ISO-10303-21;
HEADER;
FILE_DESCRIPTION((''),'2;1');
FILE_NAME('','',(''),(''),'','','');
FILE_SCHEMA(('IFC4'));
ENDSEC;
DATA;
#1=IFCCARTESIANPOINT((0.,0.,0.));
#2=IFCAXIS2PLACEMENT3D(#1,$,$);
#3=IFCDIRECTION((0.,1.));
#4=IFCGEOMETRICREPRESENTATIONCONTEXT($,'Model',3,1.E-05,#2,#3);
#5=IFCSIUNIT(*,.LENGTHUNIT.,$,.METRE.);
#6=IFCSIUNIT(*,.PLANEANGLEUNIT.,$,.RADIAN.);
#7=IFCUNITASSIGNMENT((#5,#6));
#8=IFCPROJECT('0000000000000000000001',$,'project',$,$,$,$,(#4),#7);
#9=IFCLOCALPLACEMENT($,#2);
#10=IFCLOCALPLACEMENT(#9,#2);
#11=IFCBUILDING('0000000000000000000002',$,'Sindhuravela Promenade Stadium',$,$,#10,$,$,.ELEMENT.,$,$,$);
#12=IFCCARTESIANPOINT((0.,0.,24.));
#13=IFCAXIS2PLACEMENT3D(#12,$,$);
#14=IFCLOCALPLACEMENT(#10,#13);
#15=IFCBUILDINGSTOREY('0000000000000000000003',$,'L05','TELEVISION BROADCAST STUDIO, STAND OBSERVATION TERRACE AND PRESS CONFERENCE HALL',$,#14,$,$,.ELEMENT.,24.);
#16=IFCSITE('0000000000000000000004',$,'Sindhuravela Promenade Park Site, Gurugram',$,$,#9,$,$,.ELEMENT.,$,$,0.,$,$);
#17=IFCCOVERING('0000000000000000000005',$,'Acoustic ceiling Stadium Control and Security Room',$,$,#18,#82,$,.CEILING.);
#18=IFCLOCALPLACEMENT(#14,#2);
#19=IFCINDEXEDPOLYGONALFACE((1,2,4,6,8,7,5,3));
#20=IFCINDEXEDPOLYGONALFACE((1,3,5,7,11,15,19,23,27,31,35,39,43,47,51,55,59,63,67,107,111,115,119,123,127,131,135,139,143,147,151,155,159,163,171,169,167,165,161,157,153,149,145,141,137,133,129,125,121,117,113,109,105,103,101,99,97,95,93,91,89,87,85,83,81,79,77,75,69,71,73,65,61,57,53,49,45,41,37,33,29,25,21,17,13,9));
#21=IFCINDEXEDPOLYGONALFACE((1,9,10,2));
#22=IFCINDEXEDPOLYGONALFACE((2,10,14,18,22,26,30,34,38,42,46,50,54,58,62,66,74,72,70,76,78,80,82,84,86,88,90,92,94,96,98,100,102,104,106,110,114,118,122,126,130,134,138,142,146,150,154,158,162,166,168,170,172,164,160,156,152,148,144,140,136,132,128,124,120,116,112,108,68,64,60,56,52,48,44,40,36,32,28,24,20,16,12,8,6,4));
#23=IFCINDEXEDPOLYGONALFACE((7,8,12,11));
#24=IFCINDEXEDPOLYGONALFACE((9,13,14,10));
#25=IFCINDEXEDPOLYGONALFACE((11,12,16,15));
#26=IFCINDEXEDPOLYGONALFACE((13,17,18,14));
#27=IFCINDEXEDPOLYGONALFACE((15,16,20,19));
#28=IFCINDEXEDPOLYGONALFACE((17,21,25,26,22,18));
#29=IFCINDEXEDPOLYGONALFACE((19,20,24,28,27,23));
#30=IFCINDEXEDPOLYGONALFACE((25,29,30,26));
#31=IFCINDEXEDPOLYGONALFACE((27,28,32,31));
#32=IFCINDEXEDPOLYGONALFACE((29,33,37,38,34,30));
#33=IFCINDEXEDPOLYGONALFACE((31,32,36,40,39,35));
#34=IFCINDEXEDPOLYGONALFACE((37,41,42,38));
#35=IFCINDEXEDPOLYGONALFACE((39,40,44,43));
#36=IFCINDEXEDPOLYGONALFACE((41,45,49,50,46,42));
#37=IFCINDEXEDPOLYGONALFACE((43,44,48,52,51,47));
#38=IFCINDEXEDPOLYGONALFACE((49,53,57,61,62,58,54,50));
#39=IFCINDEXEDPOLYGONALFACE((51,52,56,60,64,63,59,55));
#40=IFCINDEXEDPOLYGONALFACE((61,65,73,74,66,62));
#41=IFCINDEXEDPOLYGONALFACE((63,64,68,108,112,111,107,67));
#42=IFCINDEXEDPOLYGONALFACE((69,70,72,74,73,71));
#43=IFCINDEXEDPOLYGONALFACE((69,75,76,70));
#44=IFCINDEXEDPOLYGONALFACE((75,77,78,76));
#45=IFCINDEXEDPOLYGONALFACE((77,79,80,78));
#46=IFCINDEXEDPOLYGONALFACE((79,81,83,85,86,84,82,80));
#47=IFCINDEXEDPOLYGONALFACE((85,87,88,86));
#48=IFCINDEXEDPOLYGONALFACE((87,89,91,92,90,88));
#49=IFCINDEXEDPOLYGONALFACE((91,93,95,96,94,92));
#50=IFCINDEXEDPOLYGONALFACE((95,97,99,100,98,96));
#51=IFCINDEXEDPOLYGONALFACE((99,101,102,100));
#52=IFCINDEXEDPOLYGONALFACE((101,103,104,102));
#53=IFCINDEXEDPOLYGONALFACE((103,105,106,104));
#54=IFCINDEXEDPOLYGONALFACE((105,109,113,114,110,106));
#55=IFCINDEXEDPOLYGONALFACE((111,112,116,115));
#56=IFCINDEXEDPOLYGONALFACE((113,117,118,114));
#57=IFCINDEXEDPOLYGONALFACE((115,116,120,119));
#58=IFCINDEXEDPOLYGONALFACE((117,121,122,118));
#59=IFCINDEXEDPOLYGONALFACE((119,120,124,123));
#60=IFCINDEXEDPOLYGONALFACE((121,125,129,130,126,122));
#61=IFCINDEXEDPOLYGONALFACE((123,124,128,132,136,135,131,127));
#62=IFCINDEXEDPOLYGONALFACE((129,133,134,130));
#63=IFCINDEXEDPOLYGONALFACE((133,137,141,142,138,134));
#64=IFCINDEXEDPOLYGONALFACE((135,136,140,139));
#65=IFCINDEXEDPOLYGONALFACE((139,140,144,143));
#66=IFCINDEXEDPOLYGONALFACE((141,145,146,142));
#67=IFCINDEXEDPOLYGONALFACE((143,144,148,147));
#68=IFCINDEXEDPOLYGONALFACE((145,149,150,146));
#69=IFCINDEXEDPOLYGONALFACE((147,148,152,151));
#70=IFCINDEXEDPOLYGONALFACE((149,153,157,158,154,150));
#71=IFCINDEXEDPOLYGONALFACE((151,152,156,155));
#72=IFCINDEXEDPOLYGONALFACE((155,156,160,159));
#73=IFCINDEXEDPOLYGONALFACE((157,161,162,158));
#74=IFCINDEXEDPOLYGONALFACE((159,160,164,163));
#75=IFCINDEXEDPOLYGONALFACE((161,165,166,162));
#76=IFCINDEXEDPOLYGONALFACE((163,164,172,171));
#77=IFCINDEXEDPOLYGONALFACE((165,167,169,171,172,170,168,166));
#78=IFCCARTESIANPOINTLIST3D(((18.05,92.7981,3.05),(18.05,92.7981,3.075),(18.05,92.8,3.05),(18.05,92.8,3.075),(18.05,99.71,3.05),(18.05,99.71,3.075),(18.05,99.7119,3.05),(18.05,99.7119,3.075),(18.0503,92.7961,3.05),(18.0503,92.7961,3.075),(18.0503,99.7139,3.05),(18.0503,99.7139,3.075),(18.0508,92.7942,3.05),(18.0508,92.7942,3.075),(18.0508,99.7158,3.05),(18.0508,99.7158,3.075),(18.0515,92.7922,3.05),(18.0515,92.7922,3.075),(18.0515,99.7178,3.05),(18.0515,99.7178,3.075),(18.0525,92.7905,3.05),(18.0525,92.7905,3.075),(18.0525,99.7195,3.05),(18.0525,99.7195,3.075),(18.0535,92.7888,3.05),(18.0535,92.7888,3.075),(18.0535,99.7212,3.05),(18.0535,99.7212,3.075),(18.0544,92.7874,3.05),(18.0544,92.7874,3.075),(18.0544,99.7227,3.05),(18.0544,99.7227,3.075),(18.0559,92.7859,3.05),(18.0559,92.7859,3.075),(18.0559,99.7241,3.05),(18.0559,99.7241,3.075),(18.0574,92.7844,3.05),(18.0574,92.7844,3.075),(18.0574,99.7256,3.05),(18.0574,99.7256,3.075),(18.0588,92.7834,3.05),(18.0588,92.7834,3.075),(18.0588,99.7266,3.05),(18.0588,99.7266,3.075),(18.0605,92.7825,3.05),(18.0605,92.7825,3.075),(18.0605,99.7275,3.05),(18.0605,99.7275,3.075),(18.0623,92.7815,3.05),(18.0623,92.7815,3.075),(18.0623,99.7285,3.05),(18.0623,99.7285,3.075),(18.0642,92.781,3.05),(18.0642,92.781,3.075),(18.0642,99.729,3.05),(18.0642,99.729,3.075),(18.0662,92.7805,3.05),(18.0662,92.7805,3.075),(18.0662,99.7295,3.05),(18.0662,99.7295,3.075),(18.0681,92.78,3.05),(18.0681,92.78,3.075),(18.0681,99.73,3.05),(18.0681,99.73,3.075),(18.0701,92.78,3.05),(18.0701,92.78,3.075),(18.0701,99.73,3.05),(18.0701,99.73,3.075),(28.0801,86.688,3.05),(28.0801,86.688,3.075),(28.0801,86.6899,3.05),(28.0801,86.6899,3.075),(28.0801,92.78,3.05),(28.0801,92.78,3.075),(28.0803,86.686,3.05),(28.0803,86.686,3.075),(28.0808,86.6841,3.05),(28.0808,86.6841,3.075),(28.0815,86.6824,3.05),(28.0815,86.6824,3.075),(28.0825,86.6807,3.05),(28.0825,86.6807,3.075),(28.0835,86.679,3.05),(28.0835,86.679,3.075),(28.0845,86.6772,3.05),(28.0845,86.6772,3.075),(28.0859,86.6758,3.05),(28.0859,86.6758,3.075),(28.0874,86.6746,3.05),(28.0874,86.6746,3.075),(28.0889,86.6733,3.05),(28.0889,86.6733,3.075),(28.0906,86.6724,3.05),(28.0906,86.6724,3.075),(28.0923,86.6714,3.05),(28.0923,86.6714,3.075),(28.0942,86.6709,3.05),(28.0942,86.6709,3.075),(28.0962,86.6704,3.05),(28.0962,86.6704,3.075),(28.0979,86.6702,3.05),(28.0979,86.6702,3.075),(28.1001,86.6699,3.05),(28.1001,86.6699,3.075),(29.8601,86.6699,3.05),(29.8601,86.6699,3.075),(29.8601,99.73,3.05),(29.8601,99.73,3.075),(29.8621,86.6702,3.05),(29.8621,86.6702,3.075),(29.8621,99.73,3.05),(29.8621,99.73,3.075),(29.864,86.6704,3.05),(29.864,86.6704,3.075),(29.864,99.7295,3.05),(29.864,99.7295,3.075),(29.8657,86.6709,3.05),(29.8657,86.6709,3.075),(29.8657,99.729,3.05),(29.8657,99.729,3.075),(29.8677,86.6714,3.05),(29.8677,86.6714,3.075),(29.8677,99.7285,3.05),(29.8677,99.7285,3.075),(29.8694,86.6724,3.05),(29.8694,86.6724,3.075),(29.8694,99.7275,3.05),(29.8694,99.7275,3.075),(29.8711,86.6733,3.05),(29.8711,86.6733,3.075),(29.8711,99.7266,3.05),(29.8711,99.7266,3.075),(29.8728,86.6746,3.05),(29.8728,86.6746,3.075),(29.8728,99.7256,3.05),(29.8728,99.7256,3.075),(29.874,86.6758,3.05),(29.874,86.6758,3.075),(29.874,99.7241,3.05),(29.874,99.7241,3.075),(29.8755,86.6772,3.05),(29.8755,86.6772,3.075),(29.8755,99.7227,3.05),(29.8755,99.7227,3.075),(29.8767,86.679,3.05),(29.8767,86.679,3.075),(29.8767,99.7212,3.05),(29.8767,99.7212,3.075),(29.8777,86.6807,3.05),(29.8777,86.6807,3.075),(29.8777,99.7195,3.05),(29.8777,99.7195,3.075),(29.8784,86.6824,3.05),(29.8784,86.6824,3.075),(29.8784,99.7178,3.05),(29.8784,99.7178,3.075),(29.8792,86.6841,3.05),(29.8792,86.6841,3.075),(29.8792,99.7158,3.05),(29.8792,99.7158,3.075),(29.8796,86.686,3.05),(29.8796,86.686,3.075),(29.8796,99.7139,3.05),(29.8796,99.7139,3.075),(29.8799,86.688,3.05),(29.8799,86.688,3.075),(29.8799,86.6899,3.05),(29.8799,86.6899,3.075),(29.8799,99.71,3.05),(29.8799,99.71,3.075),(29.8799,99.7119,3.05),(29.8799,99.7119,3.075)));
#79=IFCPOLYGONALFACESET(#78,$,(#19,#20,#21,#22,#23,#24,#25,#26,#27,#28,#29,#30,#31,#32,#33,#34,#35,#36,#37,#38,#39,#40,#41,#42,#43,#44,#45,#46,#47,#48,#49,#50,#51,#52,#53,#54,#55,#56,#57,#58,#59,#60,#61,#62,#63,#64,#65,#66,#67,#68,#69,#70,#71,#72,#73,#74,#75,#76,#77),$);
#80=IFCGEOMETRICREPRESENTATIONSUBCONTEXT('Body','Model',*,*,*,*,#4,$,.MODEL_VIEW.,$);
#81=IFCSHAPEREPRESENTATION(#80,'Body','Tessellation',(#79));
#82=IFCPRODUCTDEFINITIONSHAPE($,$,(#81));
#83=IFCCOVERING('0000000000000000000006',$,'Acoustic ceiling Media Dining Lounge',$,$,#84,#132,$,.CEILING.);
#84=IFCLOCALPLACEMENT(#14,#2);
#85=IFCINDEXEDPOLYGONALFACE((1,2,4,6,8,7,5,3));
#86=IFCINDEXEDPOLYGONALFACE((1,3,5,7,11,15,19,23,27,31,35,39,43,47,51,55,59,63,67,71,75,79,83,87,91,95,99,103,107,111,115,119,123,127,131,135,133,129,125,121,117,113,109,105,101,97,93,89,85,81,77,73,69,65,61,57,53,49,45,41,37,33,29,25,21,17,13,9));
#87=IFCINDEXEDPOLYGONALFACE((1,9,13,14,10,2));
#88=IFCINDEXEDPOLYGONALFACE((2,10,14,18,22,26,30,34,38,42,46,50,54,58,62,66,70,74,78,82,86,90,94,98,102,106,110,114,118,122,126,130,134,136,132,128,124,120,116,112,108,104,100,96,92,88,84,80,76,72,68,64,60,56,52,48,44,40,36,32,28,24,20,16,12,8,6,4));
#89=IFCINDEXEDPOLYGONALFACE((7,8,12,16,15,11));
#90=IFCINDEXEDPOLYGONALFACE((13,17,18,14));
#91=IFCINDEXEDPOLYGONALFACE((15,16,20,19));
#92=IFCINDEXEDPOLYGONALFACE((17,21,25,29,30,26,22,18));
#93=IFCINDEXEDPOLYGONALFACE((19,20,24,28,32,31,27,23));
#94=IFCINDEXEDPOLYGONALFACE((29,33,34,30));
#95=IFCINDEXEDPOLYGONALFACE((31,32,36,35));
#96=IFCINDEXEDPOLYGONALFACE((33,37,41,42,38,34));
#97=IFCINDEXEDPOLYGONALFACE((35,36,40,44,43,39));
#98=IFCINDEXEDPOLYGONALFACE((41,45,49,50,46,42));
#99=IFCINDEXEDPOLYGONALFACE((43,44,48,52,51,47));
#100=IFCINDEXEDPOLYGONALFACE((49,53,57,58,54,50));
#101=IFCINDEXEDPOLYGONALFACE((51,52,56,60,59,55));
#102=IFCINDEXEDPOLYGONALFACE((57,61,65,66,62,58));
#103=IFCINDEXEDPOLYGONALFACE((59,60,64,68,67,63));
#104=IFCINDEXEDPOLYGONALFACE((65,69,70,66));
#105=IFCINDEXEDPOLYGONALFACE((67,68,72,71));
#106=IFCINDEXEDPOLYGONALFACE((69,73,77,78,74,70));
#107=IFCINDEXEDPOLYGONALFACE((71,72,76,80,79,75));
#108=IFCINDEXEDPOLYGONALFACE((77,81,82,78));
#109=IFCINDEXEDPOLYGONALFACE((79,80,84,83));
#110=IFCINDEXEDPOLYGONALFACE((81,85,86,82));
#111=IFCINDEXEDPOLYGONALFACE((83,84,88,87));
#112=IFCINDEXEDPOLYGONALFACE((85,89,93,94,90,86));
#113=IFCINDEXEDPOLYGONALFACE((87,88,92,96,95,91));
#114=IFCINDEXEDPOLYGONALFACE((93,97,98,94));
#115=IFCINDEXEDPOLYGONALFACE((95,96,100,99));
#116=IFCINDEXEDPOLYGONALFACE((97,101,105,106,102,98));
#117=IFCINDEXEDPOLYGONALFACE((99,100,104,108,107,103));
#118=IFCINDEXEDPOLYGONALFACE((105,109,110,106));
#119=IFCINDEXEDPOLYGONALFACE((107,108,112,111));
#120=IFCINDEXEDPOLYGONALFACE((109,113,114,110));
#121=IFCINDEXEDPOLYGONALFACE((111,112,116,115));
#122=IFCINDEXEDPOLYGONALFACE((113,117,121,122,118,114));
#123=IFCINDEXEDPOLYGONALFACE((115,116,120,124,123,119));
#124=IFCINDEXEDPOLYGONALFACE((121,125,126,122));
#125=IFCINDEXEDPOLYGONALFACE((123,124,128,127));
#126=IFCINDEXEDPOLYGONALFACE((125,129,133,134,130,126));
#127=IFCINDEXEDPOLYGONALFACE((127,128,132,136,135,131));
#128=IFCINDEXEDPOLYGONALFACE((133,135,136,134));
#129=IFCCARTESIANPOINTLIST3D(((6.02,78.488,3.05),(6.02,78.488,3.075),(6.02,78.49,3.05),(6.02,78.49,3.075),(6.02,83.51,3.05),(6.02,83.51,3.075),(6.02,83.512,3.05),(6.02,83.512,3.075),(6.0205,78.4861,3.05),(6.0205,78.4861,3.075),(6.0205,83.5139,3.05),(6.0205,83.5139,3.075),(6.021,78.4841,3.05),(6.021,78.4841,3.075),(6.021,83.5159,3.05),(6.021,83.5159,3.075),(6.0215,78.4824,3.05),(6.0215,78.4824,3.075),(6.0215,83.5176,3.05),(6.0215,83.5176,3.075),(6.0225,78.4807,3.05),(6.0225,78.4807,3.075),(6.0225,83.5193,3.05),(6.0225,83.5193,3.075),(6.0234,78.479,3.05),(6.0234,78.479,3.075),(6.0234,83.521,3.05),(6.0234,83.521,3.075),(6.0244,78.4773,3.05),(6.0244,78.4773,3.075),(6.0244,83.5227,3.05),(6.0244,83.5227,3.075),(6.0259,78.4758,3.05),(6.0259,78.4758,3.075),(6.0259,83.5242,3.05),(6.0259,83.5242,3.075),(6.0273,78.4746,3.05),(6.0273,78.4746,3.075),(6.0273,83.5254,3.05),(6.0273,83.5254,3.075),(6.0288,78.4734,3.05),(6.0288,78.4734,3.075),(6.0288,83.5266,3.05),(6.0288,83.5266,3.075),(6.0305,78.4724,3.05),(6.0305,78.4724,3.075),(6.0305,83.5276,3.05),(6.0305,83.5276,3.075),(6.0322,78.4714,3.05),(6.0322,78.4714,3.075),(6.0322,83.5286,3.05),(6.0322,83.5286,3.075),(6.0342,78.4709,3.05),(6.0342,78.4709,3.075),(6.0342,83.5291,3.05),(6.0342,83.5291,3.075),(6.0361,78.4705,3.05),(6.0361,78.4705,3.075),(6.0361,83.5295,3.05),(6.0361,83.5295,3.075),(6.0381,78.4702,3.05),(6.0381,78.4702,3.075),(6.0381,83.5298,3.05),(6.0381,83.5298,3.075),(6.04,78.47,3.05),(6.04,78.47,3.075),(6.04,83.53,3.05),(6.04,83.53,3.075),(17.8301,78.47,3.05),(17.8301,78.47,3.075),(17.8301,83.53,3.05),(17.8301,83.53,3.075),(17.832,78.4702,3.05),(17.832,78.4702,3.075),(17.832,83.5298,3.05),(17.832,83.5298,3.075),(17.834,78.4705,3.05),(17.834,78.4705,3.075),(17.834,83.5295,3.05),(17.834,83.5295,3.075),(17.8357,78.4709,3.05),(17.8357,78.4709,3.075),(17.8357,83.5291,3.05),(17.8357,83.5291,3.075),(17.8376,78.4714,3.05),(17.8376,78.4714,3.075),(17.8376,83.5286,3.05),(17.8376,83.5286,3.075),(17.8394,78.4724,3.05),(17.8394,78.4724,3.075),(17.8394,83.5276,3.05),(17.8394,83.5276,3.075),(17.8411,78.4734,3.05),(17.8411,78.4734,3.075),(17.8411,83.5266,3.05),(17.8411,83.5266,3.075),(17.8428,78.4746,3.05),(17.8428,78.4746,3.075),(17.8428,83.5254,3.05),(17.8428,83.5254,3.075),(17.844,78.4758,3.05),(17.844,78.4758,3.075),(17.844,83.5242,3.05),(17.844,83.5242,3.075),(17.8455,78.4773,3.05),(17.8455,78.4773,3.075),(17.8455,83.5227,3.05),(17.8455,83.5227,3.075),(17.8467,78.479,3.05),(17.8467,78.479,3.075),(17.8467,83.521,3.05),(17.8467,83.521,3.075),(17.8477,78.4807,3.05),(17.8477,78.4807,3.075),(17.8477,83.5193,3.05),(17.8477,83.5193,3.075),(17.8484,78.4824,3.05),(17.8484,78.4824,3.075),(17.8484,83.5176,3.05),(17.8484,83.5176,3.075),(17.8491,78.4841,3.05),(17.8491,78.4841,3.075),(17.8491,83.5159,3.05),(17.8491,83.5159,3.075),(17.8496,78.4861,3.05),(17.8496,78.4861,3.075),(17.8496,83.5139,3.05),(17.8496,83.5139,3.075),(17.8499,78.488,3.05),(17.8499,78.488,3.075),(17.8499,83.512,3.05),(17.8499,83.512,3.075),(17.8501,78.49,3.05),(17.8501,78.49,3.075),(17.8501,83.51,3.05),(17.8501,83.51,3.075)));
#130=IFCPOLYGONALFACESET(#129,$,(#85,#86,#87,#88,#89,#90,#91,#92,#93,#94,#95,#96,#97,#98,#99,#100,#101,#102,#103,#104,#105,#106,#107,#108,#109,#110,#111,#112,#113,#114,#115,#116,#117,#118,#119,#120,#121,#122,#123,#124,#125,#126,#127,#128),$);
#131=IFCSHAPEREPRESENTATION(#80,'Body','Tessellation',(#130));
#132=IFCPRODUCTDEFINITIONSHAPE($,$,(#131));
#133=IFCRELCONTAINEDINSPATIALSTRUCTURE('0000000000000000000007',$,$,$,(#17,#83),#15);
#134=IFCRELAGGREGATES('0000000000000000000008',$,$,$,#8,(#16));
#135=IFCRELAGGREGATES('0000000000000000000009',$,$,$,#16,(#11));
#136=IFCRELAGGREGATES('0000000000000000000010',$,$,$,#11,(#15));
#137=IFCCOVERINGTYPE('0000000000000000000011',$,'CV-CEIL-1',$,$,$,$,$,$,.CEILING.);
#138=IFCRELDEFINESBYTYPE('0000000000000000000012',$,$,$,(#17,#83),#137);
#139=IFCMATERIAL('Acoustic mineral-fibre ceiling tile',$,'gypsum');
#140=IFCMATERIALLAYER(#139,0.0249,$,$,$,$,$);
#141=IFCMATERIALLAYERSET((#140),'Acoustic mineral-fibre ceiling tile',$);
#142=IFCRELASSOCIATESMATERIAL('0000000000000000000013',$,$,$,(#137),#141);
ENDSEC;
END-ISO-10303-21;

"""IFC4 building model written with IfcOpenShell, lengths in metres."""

from ifc_helpers import new_model, si_unit, direction, frame, origin, place, context, subcontext, project, spatial, polyline, outline, extrude, material, layer, layer_set, type_object, element, save


model = new_model("IFC4")

# Units and contexts
model_context = context("Model", 3, precision=1e-05, world=origin(), true_north=direction((0.0, 1.0)))
body_context = subcontext(model_context, "Body", "Model", "MODEL_VIEW")
ifc_project = project(units=[si_unit("LENGTHUNIT", "METRE"), si_unit("PLANEANGLEUNIT", "RADIAN")], contexts=[model_context])

# Site, building, storey
site_placement = place(None, origin())
site = spatial("IfcSite", under=ifc_project, at=site_placement, Name="Sindhuravela Promenade Park Site, Gurugram", CompositionType="ELEMENT", RefElevation=0.0)
building_placement = place(site_placement, origin())
building = spatial("IfcBuilding", under=site, at=building_placement, Name="Sindhuravela Promenade Stadium", CompositionType="ELEMENT")
storey_placement = place(building_placement, frame((0.0, 0.0, 24.0)))
storey = spatial("IfcBuildingStorey", under=building, at=storey_placement, Name="L05", Description="TELEVISION BROADCAST STUDIO, STAND OBSERVATION TERRACE AND PRESS CONFERENCE HALL", CompositionType="ELEMENT", Elevation=24.0)

# Coverings
ifc_material_1 = material(Name="Acoustic mineral-fibre ceiling tile", Category="gypsum")
ifc_layer_1 = layer(ifc_material_1, 0.0249)
ifc_layer_set_1 = layer_set([ifc_layer_1], Name="Acoustic mineral-fibre ceiling tile")
covering_type_1 = type_object("IfcCoveringType", Name="CV-CEIL-1", PredefinedType="CEILING", material=ifc_layer_set_1)
covering_1_placement = place(storey_placement, frame((0.0, 0.0, 3.05)))
element("IfcCovering", 1, at=covering_1_placement, inside=storey, type_object=covering_type_1, Name="Acoustic ceiling Stadium Control and Security Room", PredefinedType="CEILING", context=body_context, shape_type="SweptSolid", body=[
    extrude(outline(polyline([(29.8601, 99.73), (29.8621, 99.73), (29.864, 99.7295), (29.8657, 99.729), (29.8677, 99.7285), (29.8694, 99.7275), (29.8711, 99.7266), (29.8728, 99.7256), (29.874, 99.7241), (29.8755, 99.7227), (29.8767, 99.7212), (29.8777, 99.7195), (29.8784, 99.7178), (29.8792, 99.7158), (29.8796, 99.7139), (29.8799, 99.7119), (29.8799, 99.71), (29.8799, 86.6899), (29.8799, 86.688), (29.8796, 86.686), (29.8792, 86.6841), (29.8784, 86.6824), (29.8777, 86.6807), (29.8767, 86.679), (29.8755, 86.6772), (29.874, 86.6758), (29.8728, 86.6746), (29.8711, 86.6733), (29.8694, 86.6724), (29.8677, 86.6714), (29.8657, 86.6709), (29.864, 86.6704), (29.8621, 86.6702), (29.8601, 86.6699), (28.1001, 86.6699), (28.0979, 86.6702), (28.0962, 86.6704), (28.0942, 86.6709), (28.0923, 86.6714), (28.0906, 86.6724), (28.0889, 86.6733), (28.0874, 86.6746), (28.0859, 86.6758), (28.0845, 86.6772), (28.0835, 86.679), (28.0825, 86.6807), (28.0815, 86.6824), (28.0808, 86.6841), (28.0803, 86.686), (28.0801, 86.688), (28.0801, 86.6899), (28.0801, 92.78), (18.0701, 92.78), (18.0681, 92.78), (18.0662, 92.7805), (18.0642, 92.781), (18.0623, 92.7815), (18.0605, 92.7825), (18.0588, 92.7834), (18.0574, 92.7844), (18.0559, 92.7859), (18.0544, 92.7874), (18.0535, 92.7888), (18.0525, 92.7905), (18.0515, 92.7922), (18.0508, 92.7942), (18.0503, 92.7961), (18.05, 92.7981), (18.05, 92.8), (18.05, 99.71), (18.05, 99.7119), (18.0503, 99.7139), (18.0508, 99.7158), (18.0515, 99.7178), (18.0525, 99.7195), (18.0535, 99.7212), (18.0544, 99.7227), (18.0559, 99.7241), (18.0574, 99.7256), (18.0588, 99.7266), (18.0605, 99.7275), (18.0623, 99.7285), (18.0642, 99.729), (18.0662, 99.7295), (18.0681, 99.73), (18.0701, 99.73), (29.8601, 99.73)])), origin(), (0.0, 0.0, 1.0), 0.0249),
])
covering_2_placement = place(storey_placement, frame((0.0, 0.0, 3.05)))
element("IfcCovering", 2, at=covering_2_placement, inside=storey, type_object=covering_type_1, Name="Acoustic ceiling Media Dining Lounge", PredefinedType="CEILING", context=body_context, shape_type="SweptSolid", body=[
    extrude(outline(polyline([(6.02, 83.51), (6.02, 83.512), (6.0205, 83.5139), (6.021, 83.5159), (6.0215, 83.5176), (6.0225, 83.5193), (6.0234, 83.521), (6.0244, 83.5227), (6.0259, 83.5242), (6.0273, 83.5254), (6.0288, 83.5266), (6.0305, 83.5276), (6.0322, 83.5286), (6.0342, 83.5291), (6.0361, 83.5295), (6.0381, 83.5298), (6.04, 83.53), (17.8301, 83.53), (17.832, 83.5298), (17.834, 83.5295), (17.8357, 83.5291), (17.8376, 83.5286), (17.8394, 83.5276), (17.8411, 83.5266), (17.8428, 83.5254), (17.844, 83.5242), (17.8455, 83.5227), (17.8467, 83.521), (17.8477, 83.5193), (17.8484, 83.5176), (17.8491, 83.5159), (17.8496, 83.5139), (17.8499, 83.512), (17.8501, 83.51), (17.8501, 78.49), (17.8499, 78.488), (17.8496, 78.4861), (17.8491, 78.4841), (17.8484, 78.4824), (17.8477, 78.4807), (17.8467, 78.479), (17.8455, 78.4773), (17.844, 78.4758), (17.8428, 78.4746), (17.8411, 78.4734), (17.8394, 78.4724), (17.8376, 78.4714), (17.8357, 78.4709), (17.834, 78.4705), (17.832, 78.4702), (17.8301, 78.47), (6.04, 78.47), (6.0381, 78.4702), (6.0361, 78.4705), (6.0342, 78.4709), (6.0322, 78.4714), (6.0305, 78.4724), (6.0288, 78.4734), (6.0273, 78.4746), (6.0259, 78.4758), (6.0244, 78.4773), (6.0234, 78.479), (6.0225, 78.4807), (6.0215, 78.4824), (6.021, 78.4841), (6.0205, 78.4861), (6.02, 78.488), (6.02, 78.49), (6.02, 83.51)])), origin(), (0.0, 0.0, 1.0), 0.0249),
])

save(model, "model.ifc")
